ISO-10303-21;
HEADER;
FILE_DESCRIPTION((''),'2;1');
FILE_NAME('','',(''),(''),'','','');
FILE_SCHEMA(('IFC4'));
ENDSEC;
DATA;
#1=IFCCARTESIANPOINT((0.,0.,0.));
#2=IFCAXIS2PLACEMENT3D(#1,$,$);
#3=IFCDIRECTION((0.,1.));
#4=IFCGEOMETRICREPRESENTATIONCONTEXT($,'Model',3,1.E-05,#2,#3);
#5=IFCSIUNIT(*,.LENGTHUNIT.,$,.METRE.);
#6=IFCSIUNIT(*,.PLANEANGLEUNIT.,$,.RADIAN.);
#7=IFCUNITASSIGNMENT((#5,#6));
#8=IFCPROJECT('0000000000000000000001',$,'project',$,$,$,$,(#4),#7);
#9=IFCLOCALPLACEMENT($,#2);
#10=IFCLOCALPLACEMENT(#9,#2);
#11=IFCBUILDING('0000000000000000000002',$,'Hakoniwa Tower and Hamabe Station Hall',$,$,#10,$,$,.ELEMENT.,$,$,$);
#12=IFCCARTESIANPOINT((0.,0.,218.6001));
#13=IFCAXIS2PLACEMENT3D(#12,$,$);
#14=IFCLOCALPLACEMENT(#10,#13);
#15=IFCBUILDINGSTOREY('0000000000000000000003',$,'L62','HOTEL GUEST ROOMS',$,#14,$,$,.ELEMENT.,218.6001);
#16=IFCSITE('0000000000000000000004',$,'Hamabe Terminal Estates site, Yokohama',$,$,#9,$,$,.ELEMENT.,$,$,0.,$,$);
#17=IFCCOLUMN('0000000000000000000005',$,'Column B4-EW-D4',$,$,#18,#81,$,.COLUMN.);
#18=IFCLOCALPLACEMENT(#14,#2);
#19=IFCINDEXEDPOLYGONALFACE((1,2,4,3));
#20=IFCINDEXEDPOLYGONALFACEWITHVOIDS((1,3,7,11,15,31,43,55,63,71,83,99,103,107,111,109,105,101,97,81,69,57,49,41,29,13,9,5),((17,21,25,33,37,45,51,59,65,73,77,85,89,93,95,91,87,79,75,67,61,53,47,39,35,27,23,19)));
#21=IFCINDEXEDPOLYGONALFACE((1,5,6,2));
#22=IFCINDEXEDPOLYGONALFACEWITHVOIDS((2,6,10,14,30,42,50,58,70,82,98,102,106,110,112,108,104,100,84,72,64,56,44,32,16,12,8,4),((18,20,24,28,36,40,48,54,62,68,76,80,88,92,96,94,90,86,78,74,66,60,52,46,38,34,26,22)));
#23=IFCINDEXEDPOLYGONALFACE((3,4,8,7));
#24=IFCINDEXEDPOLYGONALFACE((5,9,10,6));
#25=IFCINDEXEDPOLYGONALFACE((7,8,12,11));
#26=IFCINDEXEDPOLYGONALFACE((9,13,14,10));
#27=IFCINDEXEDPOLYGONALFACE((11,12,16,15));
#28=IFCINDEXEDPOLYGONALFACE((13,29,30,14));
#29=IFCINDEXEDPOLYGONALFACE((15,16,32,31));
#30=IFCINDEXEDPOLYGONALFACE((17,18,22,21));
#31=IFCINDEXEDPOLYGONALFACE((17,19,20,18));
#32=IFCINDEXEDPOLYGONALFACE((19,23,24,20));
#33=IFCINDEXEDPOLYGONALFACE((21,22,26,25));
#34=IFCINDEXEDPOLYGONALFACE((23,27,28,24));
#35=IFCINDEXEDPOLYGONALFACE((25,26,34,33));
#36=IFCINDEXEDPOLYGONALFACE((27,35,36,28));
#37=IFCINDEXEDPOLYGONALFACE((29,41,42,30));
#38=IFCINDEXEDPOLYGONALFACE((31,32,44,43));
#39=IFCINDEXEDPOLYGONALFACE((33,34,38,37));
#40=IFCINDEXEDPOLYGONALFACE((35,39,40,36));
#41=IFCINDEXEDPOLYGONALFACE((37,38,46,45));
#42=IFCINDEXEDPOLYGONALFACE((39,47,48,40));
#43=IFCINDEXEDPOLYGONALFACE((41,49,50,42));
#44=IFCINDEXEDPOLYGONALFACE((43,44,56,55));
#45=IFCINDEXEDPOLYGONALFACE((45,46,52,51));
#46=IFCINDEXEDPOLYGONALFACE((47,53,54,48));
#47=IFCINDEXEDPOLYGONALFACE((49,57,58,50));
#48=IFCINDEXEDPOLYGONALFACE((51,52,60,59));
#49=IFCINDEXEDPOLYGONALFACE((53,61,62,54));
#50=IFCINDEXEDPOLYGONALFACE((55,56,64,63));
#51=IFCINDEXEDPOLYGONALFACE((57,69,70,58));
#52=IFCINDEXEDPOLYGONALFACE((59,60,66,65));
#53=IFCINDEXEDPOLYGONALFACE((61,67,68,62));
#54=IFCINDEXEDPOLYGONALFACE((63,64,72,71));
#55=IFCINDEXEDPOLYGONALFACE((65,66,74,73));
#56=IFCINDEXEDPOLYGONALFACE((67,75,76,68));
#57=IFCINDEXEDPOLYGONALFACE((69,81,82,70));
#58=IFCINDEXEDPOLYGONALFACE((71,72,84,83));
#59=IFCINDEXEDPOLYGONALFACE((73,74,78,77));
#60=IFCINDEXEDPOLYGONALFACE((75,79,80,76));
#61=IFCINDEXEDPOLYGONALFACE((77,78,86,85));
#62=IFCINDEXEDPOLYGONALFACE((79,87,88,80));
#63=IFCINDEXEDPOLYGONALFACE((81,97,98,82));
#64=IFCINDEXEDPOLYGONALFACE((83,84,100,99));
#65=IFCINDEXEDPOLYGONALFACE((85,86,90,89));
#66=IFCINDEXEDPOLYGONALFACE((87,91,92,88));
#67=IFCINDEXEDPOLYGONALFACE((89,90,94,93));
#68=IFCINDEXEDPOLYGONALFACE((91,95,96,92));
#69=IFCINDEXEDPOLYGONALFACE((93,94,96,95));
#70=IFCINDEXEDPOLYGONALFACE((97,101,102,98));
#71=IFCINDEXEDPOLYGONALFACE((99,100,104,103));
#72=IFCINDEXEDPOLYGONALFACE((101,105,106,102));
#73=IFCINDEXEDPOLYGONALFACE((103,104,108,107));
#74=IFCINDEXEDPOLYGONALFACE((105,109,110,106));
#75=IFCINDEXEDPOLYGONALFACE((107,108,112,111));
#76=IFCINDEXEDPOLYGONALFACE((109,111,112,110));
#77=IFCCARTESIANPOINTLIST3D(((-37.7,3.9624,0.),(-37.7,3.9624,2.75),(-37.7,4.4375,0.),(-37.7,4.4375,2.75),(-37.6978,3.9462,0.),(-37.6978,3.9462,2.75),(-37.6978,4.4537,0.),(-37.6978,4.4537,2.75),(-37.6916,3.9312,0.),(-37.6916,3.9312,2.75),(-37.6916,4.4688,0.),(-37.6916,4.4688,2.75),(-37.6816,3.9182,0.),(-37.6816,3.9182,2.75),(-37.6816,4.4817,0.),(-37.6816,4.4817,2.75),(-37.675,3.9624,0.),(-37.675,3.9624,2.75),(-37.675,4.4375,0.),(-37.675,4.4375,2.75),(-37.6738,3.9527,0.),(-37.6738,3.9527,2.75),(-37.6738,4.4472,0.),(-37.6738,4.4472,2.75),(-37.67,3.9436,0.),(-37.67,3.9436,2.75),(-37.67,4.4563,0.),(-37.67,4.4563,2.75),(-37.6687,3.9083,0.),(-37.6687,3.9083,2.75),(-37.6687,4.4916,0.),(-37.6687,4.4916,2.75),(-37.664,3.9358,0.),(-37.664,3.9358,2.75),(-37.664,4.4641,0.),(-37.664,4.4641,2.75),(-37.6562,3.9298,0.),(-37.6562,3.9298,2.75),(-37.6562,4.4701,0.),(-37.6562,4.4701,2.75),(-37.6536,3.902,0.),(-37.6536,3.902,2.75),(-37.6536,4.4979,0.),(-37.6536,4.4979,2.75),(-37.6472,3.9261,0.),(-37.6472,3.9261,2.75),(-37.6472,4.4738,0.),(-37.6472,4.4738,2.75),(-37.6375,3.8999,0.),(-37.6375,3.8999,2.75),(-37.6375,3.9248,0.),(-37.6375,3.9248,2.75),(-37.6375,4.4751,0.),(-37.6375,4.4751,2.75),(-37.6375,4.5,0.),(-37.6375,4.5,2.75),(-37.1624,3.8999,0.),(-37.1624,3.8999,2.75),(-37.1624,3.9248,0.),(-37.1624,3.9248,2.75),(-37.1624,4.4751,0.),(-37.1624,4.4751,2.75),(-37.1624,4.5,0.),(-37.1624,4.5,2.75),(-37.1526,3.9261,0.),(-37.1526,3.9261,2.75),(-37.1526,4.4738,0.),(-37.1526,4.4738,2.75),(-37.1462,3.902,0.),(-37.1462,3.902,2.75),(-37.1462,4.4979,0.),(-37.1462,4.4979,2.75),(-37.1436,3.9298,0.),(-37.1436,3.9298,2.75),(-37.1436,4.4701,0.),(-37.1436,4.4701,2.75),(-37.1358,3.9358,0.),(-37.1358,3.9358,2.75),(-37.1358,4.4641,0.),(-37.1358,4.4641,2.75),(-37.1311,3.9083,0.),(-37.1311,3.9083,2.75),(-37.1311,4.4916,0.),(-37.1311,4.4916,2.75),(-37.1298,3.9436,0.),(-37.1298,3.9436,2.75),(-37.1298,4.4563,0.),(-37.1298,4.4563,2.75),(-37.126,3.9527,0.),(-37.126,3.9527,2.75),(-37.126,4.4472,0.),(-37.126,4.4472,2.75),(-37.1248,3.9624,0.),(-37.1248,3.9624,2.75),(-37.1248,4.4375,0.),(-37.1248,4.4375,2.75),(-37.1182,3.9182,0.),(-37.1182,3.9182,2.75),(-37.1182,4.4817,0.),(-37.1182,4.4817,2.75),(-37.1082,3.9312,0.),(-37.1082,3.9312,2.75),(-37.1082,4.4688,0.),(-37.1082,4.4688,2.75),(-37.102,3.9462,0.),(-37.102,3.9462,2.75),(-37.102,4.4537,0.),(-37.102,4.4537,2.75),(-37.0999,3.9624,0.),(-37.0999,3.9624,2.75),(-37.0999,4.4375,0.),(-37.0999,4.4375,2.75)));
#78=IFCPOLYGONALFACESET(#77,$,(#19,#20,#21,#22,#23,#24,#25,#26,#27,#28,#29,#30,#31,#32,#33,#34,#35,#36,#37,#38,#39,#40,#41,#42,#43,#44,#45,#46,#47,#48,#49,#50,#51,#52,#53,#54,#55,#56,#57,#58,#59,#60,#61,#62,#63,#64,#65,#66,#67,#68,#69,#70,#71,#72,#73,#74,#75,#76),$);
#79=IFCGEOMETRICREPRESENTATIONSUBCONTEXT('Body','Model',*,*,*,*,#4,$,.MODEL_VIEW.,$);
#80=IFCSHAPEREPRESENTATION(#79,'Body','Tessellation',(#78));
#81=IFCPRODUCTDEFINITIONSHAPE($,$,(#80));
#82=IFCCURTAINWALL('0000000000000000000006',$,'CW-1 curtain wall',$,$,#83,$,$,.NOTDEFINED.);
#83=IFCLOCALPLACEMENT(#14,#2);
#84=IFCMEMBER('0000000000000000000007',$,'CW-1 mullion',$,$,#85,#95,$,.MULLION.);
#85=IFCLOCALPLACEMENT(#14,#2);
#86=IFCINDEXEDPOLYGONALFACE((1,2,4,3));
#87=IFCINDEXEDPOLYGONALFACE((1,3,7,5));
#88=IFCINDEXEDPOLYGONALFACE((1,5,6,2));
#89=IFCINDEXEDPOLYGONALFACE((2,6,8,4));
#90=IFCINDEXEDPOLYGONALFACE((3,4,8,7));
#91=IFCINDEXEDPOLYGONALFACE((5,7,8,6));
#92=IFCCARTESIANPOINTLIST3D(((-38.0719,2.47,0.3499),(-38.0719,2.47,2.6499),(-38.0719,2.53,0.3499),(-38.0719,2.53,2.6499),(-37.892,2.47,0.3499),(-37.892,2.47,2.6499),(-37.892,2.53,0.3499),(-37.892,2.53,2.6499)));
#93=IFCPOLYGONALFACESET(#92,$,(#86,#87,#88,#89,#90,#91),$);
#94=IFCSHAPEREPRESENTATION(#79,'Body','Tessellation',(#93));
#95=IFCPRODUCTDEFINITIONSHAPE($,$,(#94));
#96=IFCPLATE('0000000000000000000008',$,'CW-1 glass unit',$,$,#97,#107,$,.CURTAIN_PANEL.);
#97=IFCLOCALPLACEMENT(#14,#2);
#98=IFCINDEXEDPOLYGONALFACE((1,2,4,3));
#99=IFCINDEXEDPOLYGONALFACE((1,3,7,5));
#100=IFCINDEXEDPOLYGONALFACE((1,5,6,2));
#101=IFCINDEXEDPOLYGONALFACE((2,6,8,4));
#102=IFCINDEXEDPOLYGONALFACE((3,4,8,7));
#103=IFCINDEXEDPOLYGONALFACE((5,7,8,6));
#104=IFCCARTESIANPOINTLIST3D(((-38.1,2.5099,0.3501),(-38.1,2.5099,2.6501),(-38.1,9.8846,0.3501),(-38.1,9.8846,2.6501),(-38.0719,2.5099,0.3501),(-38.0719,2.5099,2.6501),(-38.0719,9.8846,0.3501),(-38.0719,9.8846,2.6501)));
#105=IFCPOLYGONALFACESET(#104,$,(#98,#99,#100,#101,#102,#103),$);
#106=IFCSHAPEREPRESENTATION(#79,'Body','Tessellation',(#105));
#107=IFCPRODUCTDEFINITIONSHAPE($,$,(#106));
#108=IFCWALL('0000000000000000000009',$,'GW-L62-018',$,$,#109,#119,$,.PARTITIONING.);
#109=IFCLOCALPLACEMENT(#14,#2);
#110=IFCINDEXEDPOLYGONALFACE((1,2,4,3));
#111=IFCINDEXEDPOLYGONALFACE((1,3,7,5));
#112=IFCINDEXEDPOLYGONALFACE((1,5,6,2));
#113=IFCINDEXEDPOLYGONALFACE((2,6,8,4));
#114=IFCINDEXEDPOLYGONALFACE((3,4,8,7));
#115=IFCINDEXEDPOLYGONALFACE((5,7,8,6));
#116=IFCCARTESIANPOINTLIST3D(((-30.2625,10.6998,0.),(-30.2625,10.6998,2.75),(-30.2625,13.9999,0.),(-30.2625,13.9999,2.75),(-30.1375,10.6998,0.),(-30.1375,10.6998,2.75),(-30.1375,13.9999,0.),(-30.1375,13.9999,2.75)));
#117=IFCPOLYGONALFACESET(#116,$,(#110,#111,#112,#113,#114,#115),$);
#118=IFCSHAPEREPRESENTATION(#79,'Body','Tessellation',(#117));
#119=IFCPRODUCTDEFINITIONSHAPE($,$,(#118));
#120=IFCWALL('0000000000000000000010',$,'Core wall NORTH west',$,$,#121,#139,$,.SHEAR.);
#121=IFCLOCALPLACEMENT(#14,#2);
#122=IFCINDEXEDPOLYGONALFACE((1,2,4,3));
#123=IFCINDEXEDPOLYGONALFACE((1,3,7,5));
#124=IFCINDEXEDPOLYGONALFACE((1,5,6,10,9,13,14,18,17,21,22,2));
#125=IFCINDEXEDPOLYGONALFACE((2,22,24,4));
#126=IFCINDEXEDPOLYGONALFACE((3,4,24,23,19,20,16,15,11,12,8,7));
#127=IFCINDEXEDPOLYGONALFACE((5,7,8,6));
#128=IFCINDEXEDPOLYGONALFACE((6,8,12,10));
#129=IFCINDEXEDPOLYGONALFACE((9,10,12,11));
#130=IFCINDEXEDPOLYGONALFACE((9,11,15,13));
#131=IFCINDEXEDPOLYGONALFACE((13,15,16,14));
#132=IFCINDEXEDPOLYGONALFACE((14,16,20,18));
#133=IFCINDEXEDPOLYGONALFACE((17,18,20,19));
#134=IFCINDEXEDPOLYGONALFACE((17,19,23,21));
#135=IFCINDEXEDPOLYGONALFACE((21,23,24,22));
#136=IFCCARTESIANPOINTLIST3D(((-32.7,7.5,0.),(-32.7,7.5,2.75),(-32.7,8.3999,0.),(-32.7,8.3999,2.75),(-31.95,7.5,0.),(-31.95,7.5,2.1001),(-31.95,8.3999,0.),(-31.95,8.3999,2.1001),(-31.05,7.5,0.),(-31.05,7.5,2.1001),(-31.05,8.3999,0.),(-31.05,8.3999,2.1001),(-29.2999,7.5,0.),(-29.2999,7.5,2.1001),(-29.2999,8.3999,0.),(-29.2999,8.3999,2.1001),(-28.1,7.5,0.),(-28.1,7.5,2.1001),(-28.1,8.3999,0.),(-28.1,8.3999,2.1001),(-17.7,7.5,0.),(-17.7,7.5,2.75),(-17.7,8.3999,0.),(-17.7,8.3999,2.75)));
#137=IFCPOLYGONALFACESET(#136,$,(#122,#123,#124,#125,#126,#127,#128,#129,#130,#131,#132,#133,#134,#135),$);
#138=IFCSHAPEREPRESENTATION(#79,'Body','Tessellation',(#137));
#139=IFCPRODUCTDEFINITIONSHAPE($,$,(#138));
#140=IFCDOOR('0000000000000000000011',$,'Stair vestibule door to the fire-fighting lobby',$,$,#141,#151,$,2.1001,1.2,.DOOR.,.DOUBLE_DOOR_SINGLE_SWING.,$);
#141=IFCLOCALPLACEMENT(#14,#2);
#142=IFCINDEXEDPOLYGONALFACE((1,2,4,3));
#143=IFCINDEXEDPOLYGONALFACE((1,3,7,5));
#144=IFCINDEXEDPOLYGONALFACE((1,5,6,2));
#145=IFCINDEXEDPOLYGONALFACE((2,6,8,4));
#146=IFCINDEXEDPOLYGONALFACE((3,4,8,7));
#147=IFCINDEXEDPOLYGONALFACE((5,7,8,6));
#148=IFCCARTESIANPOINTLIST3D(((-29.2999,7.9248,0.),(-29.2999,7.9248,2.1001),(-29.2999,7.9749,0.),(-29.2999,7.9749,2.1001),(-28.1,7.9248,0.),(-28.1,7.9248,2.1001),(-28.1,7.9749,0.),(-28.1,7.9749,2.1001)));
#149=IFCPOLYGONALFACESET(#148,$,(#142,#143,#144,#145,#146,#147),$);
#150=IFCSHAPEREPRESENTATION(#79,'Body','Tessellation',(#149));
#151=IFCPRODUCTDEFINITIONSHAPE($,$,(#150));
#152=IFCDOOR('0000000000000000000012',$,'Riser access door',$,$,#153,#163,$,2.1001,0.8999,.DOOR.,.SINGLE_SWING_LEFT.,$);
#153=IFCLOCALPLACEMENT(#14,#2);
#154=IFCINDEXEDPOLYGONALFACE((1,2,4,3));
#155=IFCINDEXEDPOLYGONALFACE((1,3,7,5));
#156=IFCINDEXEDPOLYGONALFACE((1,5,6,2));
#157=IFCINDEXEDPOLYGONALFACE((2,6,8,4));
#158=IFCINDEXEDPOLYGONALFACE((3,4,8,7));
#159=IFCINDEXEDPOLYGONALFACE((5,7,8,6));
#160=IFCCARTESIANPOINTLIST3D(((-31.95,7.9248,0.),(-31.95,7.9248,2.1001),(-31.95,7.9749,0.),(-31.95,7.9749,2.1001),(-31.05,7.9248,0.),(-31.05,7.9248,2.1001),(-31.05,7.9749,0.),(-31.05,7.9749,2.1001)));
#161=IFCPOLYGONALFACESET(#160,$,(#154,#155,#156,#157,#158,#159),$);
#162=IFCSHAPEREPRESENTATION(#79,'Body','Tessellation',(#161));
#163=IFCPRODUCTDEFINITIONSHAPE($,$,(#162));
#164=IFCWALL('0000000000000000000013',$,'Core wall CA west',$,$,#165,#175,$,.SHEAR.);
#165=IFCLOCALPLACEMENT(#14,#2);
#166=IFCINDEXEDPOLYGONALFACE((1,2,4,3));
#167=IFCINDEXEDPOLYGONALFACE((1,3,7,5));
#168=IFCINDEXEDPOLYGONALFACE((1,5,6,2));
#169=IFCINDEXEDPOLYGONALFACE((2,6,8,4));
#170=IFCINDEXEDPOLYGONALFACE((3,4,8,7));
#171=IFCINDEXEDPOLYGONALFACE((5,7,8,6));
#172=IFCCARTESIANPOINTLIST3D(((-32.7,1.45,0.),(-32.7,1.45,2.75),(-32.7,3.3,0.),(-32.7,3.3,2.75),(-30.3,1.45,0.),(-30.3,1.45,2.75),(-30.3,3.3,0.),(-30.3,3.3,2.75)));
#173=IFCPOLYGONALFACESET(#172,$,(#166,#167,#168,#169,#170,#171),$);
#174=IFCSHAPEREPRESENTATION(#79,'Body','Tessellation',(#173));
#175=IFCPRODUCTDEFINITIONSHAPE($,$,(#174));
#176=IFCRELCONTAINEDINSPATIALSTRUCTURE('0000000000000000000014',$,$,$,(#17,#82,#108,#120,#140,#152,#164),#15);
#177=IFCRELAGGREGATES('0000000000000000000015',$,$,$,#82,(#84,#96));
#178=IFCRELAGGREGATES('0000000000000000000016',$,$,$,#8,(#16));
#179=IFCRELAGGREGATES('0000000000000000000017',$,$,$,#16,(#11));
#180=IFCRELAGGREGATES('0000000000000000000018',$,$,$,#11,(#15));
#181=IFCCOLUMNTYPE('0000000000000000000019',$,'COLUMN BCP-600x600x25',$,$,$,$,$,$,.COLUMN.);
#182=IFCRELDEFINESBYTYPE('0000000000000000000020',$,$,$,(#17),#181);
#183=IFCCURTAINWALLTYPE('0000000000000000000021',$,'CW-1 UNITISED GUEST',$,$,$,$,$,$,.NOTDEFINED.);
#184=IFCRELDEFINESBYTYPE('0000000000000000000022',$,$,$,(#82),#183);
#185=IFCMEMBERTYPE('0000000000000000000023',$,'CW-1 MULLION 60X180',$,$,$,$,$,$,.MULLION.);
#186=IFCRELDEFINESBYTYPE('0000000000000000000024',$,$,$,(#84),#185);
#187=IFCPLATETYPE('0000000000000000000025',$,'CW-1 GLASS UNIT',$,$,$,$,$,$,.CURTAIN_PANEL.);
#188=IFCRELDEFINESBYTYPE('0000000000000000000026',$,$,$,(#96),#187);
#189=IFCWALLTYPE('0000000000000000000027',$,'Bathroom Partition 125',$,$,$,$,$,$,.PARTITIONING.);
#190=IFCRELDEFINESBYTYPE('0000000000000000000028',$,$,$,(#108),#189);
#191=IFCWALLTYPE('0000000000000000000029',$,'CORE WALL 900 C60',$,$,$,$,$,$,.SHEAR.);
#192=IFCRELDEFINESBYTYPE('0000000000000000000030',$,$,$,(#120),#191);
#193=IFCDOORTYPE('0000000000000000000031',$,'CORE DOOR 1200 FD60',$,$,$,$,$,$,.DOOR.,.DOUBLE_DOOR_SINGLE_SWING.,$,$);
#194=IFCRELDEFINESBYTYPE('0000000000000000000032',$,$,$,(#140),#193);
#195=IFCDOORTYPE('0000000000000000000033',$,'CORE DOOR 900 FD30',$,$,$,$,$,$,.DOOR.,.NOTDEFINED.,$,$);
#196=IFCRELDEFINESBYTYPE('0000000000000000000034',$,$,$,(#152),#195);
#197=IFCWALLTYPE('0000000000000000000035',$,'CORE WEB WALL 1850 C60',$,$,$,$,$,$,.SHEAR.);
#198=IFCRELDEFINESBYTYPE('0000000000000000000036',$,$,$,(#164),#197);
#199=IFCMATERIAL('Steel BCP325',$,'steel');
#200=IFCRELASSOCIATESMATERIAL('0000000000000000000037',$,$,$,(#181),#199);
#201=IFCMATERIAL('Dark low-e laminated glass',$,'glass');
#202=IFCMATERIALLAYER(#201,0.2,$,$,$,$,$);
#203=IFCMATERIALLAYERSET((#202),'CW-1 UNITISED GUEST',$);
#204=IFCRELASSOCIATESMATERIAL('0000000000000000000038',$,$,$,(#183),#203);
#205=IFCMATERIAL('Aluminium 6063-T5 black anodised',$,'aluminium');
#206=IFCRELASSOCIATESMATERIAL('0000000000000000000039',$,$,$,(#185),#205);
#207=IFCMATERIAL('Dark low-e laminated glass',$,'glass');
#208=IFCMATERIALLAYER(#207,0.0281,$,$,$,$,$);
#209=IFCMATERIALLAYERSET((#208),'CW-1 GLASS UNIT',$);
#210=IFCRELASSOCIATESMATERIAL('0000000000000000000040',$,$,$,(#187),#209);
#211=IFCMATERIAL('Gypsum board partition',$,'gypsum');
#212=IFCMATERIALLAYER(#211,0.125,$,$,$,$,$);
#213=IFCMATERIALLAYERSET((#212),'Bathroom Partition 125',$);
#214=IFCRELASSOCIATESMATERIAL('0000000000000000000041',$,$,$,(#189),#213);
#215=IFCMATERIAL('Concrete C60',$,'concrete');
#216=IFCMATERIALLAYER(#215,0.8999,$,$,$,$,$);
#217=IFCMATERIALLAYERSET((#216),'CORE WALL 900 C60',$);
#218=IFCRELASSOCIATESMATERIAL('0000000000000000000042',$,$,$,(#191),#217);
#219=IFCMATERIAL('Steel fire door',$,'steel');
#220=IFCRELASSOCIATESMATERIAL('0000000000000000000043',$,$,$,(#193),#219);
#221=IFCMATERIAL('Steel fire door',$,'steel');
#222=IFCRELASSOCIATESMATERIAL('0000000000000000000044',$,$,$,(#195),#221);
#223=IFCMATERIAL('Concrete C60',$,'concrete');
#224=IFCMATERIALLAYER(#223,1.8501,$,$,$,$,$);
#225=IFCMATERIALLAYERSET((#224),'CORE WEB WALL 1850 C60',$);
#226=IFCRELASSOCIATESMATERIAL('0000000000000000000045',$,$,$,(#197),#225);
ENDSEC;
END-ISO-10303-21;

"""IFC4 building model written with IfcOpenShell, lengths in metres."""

from ifc_helpers import new_model, si_unit, direction, frame, frame_2d, origin, origin_2d, place, context, subcontext, project, spatial, rectangle, hollow_rectangle, extrude, material, layer, layer_set, material_profile, profile_set, type_object, element, fill, aggregate, save


model = new_model("IFC4")

# Units and contexts
model_context = context("Model", 3, precision=1e-05, world=origin(), true_north=direction((0.0, 1.0)))
body_context = subcontext(model_context, "Body", "Model", "MODEL_VIEW")
ifc_project = project(units=[si_unit("LENGTHUNIT", "METRE"), si_unit("PLANEANGLEUNIT", "RADIAN")], contexts=[model_context])

# Site, building, storey
site_placement = place(None, origin())
site = spatial("IfcSite", under=ifc_project, at=site_placement, Name="Hamabe Terminal Estates site, Yokohama", CompositionType="ELEMENT", RefElevation=0.0)
building_placement = place(site_placement, origin())
building = spatial("IfcBuilding", under=site, at=building_placement, Name="Hakoniwa Tower and Hamabe Station Hall", CompositionType="ELEMENT")
storey_placement = place(building_placement, frame((0.0, 0.0, 218.6001)))
storey = spatial("IfcBuildingStorey", under=building, at=storey_placement, Name="L62", Description="HOTEL GUEST ROOMS", CompositionType="ELEMENT", Elevation=218.6001)

# Column
ifc_material_1 = material(Name="Steel BCP325", Category="steel")
ifc_material_profile_1 = material_profile(ifc_material_1, hollow_rectangle(XDim=0.6001, YDim=0.6001, WallThickness=0.0249, InnerFilletRadius=0.0376, OuterFilletRadius=0.0625, at=origin_2d()), Name="BCP-600x600x25")
ifc_profile_set_1 = profile_set([ifc_material_profile_1], Name="Steel BCP325")
column_type = type_object("IfcColumnType", Name="COLUMN BCP-600x600x25", PredefinedType="COLUMN", material=ifc_profile_set_1)
column_placement = place(storey_placement, frame((-37.3999, 4.2, 0.0), z_axis=(0.0, 0.0, 1.0), x_axis=(1.0, 0.0, 0.0)))
element("IfcColumn", 1, at=column_placement, inside=storey, type_object=column_type, Name="Column B4-EW-D4", PredefinedType="COLUMN", context=body_context, shape_type="SweptSolid", body=[
    extrude(hollow_rectangle(XDim=0.6001, YDim=0.6001, WallThickness=0.0249, InnerFilletRadius=0.0376, OuterFilletRadius=0.0625, at=origin_2d()), origin(), (0.0, 0.0, 1.0), 2.75),
])

# Curtain wall, member, plate
ifc_material_2 = material(Name="Dark low-e laminated glass", Category="glass")
ifc_layer_1 = layer(ifc_material_2, 0.2)
ifc_layer_set_1 = layer_set([ifc_layer_1], Name="CW-1 UNITISED GUEST")
curtain_wall_type = type_object("IfcCurtainWallType", Name="CW-1 UNITISED GUEST", PredefinedType="NOTDEFINED", material=ifc_layer_set_1)
curtain_wall_placement = place(storey_placement, origin())
curtain_wall = element("IfcCurtainWall", 2, at=curtain_wall_placement, inside=storey, type_object=curtain_wall_type, Name="CW-1 curtain wall", PredefinedType="NOTDEFINED")
ifc_material_3 = material(Name="Aluminium 6063-T5 black anodised", Category="aluminium")
ifc_material_profile_2 = material_profile(ifc_material_3, rectangle(XDim=0.0601, YDim=0.1799, at=origin_2d()), Name="CW-1 MULLION 60X180")
ifc_profile_set_2 = profile_set([ifc_material_profile_2], Name="Aluminium 6063-T5 black anodised")
member_type = type_object("IfcMemberType", Name="CW-1 MULLION 60X180", PredefinedType="MULLION", material=ifc_profile_set_2)
member_placement = place(storey_placement, frame((-37.9819, 2.5, 0.3499), z_axis=(0.0, 0.0, 1.0), x_axis=(0.0, -1.0, 0.0)))
member = element("IfcMember", 3, at=member_placement, type_object=member_type, Name="CW-1 mullion", PredefinedType="MULLION", context=body_context, shape_type="SweptSolid", body=[
    extrude(rectangle(XDim=0.0601, YDim=0.1799, at=origin_2d()), origin(), (0.0, 0.0, 1.0), 2.3),
])
ifc_material_4 = material(Name="Dark low-e laminated glass", Category="glass")
ifc_layer_2 = layer(ifc_material_4, 0.0281)
ifc_layer_set_2 = layer_set([ifc_layer_2], Name="CW-1 GLASS UNIT")
plate_type = type_object("IfcPlateType", Name="CW-1 GLASS UNIT", PredefinedType="CURTAIN_PANEL", material=ifc_layer_set_2)
plate_placement = place(storey_placement, frame((-38.0859, 6.1973, 0.3501), z_axis=(0.0, 0.0, 1.0), x_axis=(0.0, -1.0, 0.0)))
plate = element("IfcPlate", 4, at=plate_placement, type_object=plate_type, Name="CW-1 glass unit", PredefinedType="CURTAIN_PANEL", context=body_context, shape_type="SweptSolid", body=[
    extrude(rectangle(XDim=7.3748, YDim=0.0281, at=origin_2d()), origin(), (0.0, 0.0, 1.0), 2.3),
])
aggregate(curtain_wall, [member, plate])

# Wall
ifc_material_5 = material(Name="Gypsum board partition", Category="gypsum")
ifc_layer_3 = layer(ifc_material_5, 0.125)
ifc_layer_set_3 = layer_set([ifc_layer_3], Name="Bathroom Partition 125")
wall_type_1 = type_object("IfcWallType", Name="Bathroom Partition 125", PredefinedType="PARTITIONING", material=ifc_layer_set_3)
wall_1_placement = place(storey_placement, frame((-30.2, 10.7, 0.0), z_axis=(0.0, 0.0, 1.0), x_axis=(0.0, 1.0, 0.0)))
element("IfcWall", 5, at=wall_1_placement, inside=storey, type_object=wall_type_1, Name="GW-L62-018", PredefinedType="PARTITIONING", context=body_context, shape_type="SweptSolid", body=[
    extrude(rectangle(XDim=3.3, YDim=0.125, at=frame_2d((1.6499, 0.0))), origin(), (0.0, 0.0, 1.0), 2.75),
])

# Wall, openings, doors
ifc_material_6 = material(Name="Concrete C60", Category="concrete")
ifc_layer_4 = layer(ifc_material_6, 0.8999)
ifc_layer_set_4 = layer_set([ifc_layer_4], Name="CORE WALL 900 C60")
wall_type_2 = type_object("IfcWallType", Name="CORE WALL 900 C60", PredefinedType="SHEAR", material=ifc_layer_set_4)
wall_2_placement = place(storey_placement, frame((-32.7, 7.95, 0.0), z_axis=(0.0, 0.0, 1.0), x_axis=(1.0, 0.0, 0.0)))
wall_2 = element("IfcWall", 6, at=wall_2_placement, inside=storey, type_object=wall_type_2, Name="Core wall NORTH west", PredefinedType="SHEAR", context=body_context, shape_type="SweptSolid", body=[
    extrude(rectangle(XDim=15.0, YDim=0.8999, at=frame_2d((7.5, 0.0))), origin(), (0.0, 0.0, 1.0), 2.75),
])
opening_1_placement = place(wall_2_placement, frame((3.3999, 0.0, 0.0)))
opening_1 = element("IfcOpeningElement", 7, at=opening_1_placement, cuts=wall_2, PredefinedType="OPENING", context=body_context, shape_type="SweptSolid", body=[
    extrude(rectangle(XDim=1.2, YDim=2.1001, at=frame_2d((0.6001, 1.05))), frame((0.0, 0.46, 0.0), z_axis=(0.0, -1.0, 0.0), x_axis=(1.0, 0.0, 0.0)), (0.0, 0.0, 1.0), 0.9199),
])
opening_2_placement = place(wall_2_placement, frame((0.75, 0.0, 0.0)))
opening_2 = element("IfcOpeningElement", 8, at=opening_2_placement, cuts=wall_2, PredefinedType="OPENING", context=body_context, shape_type="SweptSolid", body=[
    extrude(rectangle(XDim=0.8999, YDim=2.1001, at=frame_2d((0.45, 1.05))), frame((0.0, 0.46, 0.0), z_axis=(0.0, -1.0, 0.0), x_axis=(1.0, 0.0, 0.0)), (0.0, 0.0, 1.0), 0.9199),
])
ifc_material_7 = material(Name="Steel fire door", Category="steel")
door_type_1 = type_object("IfcDoorType", Name="CORE DOOR 1200 FD60", OperationType="DOUBLE_DOOR_SINGLE_SWING", PredefinedType="DOOR", material=ifc_material_7)
door_1_placement = place(opening_1_placement, origin())
door_1 = element("IfcDoor", 9, at=door_1_placement, inside=storey, type_object=door_type_1, Name="Stair vestibule door to the fire-fighting lobby", OperationType="DOUBLE_DOOR_SINGLE_SWING", OverallHeight=2.1001, OverallWidth=1.2, PredefinedType="DOOR", context=body_context, shape_type="SweptSolid", body=[
    extrude(rectangle(XDim=1.2, YDim=2.1001, at=frame_2d((0.6001, 1.05))), frame((0.0, 0.0249, 0.0), z_axis=(0.0, -1.0, 0.0), x_axis=(1.0, 0.0, 0.0)), (0.0, 0.0, 1.0), 0.05),
])
fill(opening_1, door_1)
ifc_material_8 = material(Name="Steel fire door", Category="steel")
door_type_2 = type_object("IfcDoorType", Name="CORE DOOR 900 FD30", OperationType="NOTDEFINED", PredefinedType="DOOR", material=ifc_material_8)
door_2_placement = place(opening_2_placement, origin())
door_2 = element("IfcDoor", 10, at=door_2_placement, inside=storey, type_object=door_type_2, Name="Riser access door", OperationType="SINGLE_SWING_LEFT", OverallHeight=2.1001, OverallWidth=0.8999, PredefinedType="DOOR", context=body_context, shape_type="SweptSolid", body=[
    extrude(rectangle(XDim=0.8999, YDim=2.1001, at=frame_2d((0.45, 1.05))), frame((0.0, 0.0249, 0.0), z_axis=(0.0, -1.0, 0.0), x_axis=(1.0, 0.0, 0.0)), (0.0, 0.0, 1.0), 0.05),
])
fill(opening_2, door_2)

# Wall
ifc_material_9 = material(Name="Concrete C60", Category="concrete")
ifc_layer_5 = layer(ifc_material_9, 1.8501)
ifc_layer_set_5 = layer_set([ifc_layer_5], Name="CORE WEB WALL 1850 C60")
wall_type_3 = type_object("IfcWallType", Name="CORE WEB WALL 1850 C60", PredefinedType="SHEAR", material=ifc_layer_set_5)
wall_3_placement = place(storey_placement, frame((-32.7, 2.375, 0.0), z_axis=(0.0, 0.0, 1.0), x_axis=(1.0, 0.0, 0.0)))
element("IfcWall", 11, at=wall_3_placement, inside=storey, type_object=wall_type_3, Name="Core wall CA west", PredefinedType="SHEAR", context=body_context, shape_type="SweptSolid", body=[
    extrude(rectangle(XDim=2.3999, YDim=1.8501, at=frame_2d((1.2, 0.0))), origin(), (0.0, 0.0, 1.0), 2.75),
])

save(model, "model.ifc")
